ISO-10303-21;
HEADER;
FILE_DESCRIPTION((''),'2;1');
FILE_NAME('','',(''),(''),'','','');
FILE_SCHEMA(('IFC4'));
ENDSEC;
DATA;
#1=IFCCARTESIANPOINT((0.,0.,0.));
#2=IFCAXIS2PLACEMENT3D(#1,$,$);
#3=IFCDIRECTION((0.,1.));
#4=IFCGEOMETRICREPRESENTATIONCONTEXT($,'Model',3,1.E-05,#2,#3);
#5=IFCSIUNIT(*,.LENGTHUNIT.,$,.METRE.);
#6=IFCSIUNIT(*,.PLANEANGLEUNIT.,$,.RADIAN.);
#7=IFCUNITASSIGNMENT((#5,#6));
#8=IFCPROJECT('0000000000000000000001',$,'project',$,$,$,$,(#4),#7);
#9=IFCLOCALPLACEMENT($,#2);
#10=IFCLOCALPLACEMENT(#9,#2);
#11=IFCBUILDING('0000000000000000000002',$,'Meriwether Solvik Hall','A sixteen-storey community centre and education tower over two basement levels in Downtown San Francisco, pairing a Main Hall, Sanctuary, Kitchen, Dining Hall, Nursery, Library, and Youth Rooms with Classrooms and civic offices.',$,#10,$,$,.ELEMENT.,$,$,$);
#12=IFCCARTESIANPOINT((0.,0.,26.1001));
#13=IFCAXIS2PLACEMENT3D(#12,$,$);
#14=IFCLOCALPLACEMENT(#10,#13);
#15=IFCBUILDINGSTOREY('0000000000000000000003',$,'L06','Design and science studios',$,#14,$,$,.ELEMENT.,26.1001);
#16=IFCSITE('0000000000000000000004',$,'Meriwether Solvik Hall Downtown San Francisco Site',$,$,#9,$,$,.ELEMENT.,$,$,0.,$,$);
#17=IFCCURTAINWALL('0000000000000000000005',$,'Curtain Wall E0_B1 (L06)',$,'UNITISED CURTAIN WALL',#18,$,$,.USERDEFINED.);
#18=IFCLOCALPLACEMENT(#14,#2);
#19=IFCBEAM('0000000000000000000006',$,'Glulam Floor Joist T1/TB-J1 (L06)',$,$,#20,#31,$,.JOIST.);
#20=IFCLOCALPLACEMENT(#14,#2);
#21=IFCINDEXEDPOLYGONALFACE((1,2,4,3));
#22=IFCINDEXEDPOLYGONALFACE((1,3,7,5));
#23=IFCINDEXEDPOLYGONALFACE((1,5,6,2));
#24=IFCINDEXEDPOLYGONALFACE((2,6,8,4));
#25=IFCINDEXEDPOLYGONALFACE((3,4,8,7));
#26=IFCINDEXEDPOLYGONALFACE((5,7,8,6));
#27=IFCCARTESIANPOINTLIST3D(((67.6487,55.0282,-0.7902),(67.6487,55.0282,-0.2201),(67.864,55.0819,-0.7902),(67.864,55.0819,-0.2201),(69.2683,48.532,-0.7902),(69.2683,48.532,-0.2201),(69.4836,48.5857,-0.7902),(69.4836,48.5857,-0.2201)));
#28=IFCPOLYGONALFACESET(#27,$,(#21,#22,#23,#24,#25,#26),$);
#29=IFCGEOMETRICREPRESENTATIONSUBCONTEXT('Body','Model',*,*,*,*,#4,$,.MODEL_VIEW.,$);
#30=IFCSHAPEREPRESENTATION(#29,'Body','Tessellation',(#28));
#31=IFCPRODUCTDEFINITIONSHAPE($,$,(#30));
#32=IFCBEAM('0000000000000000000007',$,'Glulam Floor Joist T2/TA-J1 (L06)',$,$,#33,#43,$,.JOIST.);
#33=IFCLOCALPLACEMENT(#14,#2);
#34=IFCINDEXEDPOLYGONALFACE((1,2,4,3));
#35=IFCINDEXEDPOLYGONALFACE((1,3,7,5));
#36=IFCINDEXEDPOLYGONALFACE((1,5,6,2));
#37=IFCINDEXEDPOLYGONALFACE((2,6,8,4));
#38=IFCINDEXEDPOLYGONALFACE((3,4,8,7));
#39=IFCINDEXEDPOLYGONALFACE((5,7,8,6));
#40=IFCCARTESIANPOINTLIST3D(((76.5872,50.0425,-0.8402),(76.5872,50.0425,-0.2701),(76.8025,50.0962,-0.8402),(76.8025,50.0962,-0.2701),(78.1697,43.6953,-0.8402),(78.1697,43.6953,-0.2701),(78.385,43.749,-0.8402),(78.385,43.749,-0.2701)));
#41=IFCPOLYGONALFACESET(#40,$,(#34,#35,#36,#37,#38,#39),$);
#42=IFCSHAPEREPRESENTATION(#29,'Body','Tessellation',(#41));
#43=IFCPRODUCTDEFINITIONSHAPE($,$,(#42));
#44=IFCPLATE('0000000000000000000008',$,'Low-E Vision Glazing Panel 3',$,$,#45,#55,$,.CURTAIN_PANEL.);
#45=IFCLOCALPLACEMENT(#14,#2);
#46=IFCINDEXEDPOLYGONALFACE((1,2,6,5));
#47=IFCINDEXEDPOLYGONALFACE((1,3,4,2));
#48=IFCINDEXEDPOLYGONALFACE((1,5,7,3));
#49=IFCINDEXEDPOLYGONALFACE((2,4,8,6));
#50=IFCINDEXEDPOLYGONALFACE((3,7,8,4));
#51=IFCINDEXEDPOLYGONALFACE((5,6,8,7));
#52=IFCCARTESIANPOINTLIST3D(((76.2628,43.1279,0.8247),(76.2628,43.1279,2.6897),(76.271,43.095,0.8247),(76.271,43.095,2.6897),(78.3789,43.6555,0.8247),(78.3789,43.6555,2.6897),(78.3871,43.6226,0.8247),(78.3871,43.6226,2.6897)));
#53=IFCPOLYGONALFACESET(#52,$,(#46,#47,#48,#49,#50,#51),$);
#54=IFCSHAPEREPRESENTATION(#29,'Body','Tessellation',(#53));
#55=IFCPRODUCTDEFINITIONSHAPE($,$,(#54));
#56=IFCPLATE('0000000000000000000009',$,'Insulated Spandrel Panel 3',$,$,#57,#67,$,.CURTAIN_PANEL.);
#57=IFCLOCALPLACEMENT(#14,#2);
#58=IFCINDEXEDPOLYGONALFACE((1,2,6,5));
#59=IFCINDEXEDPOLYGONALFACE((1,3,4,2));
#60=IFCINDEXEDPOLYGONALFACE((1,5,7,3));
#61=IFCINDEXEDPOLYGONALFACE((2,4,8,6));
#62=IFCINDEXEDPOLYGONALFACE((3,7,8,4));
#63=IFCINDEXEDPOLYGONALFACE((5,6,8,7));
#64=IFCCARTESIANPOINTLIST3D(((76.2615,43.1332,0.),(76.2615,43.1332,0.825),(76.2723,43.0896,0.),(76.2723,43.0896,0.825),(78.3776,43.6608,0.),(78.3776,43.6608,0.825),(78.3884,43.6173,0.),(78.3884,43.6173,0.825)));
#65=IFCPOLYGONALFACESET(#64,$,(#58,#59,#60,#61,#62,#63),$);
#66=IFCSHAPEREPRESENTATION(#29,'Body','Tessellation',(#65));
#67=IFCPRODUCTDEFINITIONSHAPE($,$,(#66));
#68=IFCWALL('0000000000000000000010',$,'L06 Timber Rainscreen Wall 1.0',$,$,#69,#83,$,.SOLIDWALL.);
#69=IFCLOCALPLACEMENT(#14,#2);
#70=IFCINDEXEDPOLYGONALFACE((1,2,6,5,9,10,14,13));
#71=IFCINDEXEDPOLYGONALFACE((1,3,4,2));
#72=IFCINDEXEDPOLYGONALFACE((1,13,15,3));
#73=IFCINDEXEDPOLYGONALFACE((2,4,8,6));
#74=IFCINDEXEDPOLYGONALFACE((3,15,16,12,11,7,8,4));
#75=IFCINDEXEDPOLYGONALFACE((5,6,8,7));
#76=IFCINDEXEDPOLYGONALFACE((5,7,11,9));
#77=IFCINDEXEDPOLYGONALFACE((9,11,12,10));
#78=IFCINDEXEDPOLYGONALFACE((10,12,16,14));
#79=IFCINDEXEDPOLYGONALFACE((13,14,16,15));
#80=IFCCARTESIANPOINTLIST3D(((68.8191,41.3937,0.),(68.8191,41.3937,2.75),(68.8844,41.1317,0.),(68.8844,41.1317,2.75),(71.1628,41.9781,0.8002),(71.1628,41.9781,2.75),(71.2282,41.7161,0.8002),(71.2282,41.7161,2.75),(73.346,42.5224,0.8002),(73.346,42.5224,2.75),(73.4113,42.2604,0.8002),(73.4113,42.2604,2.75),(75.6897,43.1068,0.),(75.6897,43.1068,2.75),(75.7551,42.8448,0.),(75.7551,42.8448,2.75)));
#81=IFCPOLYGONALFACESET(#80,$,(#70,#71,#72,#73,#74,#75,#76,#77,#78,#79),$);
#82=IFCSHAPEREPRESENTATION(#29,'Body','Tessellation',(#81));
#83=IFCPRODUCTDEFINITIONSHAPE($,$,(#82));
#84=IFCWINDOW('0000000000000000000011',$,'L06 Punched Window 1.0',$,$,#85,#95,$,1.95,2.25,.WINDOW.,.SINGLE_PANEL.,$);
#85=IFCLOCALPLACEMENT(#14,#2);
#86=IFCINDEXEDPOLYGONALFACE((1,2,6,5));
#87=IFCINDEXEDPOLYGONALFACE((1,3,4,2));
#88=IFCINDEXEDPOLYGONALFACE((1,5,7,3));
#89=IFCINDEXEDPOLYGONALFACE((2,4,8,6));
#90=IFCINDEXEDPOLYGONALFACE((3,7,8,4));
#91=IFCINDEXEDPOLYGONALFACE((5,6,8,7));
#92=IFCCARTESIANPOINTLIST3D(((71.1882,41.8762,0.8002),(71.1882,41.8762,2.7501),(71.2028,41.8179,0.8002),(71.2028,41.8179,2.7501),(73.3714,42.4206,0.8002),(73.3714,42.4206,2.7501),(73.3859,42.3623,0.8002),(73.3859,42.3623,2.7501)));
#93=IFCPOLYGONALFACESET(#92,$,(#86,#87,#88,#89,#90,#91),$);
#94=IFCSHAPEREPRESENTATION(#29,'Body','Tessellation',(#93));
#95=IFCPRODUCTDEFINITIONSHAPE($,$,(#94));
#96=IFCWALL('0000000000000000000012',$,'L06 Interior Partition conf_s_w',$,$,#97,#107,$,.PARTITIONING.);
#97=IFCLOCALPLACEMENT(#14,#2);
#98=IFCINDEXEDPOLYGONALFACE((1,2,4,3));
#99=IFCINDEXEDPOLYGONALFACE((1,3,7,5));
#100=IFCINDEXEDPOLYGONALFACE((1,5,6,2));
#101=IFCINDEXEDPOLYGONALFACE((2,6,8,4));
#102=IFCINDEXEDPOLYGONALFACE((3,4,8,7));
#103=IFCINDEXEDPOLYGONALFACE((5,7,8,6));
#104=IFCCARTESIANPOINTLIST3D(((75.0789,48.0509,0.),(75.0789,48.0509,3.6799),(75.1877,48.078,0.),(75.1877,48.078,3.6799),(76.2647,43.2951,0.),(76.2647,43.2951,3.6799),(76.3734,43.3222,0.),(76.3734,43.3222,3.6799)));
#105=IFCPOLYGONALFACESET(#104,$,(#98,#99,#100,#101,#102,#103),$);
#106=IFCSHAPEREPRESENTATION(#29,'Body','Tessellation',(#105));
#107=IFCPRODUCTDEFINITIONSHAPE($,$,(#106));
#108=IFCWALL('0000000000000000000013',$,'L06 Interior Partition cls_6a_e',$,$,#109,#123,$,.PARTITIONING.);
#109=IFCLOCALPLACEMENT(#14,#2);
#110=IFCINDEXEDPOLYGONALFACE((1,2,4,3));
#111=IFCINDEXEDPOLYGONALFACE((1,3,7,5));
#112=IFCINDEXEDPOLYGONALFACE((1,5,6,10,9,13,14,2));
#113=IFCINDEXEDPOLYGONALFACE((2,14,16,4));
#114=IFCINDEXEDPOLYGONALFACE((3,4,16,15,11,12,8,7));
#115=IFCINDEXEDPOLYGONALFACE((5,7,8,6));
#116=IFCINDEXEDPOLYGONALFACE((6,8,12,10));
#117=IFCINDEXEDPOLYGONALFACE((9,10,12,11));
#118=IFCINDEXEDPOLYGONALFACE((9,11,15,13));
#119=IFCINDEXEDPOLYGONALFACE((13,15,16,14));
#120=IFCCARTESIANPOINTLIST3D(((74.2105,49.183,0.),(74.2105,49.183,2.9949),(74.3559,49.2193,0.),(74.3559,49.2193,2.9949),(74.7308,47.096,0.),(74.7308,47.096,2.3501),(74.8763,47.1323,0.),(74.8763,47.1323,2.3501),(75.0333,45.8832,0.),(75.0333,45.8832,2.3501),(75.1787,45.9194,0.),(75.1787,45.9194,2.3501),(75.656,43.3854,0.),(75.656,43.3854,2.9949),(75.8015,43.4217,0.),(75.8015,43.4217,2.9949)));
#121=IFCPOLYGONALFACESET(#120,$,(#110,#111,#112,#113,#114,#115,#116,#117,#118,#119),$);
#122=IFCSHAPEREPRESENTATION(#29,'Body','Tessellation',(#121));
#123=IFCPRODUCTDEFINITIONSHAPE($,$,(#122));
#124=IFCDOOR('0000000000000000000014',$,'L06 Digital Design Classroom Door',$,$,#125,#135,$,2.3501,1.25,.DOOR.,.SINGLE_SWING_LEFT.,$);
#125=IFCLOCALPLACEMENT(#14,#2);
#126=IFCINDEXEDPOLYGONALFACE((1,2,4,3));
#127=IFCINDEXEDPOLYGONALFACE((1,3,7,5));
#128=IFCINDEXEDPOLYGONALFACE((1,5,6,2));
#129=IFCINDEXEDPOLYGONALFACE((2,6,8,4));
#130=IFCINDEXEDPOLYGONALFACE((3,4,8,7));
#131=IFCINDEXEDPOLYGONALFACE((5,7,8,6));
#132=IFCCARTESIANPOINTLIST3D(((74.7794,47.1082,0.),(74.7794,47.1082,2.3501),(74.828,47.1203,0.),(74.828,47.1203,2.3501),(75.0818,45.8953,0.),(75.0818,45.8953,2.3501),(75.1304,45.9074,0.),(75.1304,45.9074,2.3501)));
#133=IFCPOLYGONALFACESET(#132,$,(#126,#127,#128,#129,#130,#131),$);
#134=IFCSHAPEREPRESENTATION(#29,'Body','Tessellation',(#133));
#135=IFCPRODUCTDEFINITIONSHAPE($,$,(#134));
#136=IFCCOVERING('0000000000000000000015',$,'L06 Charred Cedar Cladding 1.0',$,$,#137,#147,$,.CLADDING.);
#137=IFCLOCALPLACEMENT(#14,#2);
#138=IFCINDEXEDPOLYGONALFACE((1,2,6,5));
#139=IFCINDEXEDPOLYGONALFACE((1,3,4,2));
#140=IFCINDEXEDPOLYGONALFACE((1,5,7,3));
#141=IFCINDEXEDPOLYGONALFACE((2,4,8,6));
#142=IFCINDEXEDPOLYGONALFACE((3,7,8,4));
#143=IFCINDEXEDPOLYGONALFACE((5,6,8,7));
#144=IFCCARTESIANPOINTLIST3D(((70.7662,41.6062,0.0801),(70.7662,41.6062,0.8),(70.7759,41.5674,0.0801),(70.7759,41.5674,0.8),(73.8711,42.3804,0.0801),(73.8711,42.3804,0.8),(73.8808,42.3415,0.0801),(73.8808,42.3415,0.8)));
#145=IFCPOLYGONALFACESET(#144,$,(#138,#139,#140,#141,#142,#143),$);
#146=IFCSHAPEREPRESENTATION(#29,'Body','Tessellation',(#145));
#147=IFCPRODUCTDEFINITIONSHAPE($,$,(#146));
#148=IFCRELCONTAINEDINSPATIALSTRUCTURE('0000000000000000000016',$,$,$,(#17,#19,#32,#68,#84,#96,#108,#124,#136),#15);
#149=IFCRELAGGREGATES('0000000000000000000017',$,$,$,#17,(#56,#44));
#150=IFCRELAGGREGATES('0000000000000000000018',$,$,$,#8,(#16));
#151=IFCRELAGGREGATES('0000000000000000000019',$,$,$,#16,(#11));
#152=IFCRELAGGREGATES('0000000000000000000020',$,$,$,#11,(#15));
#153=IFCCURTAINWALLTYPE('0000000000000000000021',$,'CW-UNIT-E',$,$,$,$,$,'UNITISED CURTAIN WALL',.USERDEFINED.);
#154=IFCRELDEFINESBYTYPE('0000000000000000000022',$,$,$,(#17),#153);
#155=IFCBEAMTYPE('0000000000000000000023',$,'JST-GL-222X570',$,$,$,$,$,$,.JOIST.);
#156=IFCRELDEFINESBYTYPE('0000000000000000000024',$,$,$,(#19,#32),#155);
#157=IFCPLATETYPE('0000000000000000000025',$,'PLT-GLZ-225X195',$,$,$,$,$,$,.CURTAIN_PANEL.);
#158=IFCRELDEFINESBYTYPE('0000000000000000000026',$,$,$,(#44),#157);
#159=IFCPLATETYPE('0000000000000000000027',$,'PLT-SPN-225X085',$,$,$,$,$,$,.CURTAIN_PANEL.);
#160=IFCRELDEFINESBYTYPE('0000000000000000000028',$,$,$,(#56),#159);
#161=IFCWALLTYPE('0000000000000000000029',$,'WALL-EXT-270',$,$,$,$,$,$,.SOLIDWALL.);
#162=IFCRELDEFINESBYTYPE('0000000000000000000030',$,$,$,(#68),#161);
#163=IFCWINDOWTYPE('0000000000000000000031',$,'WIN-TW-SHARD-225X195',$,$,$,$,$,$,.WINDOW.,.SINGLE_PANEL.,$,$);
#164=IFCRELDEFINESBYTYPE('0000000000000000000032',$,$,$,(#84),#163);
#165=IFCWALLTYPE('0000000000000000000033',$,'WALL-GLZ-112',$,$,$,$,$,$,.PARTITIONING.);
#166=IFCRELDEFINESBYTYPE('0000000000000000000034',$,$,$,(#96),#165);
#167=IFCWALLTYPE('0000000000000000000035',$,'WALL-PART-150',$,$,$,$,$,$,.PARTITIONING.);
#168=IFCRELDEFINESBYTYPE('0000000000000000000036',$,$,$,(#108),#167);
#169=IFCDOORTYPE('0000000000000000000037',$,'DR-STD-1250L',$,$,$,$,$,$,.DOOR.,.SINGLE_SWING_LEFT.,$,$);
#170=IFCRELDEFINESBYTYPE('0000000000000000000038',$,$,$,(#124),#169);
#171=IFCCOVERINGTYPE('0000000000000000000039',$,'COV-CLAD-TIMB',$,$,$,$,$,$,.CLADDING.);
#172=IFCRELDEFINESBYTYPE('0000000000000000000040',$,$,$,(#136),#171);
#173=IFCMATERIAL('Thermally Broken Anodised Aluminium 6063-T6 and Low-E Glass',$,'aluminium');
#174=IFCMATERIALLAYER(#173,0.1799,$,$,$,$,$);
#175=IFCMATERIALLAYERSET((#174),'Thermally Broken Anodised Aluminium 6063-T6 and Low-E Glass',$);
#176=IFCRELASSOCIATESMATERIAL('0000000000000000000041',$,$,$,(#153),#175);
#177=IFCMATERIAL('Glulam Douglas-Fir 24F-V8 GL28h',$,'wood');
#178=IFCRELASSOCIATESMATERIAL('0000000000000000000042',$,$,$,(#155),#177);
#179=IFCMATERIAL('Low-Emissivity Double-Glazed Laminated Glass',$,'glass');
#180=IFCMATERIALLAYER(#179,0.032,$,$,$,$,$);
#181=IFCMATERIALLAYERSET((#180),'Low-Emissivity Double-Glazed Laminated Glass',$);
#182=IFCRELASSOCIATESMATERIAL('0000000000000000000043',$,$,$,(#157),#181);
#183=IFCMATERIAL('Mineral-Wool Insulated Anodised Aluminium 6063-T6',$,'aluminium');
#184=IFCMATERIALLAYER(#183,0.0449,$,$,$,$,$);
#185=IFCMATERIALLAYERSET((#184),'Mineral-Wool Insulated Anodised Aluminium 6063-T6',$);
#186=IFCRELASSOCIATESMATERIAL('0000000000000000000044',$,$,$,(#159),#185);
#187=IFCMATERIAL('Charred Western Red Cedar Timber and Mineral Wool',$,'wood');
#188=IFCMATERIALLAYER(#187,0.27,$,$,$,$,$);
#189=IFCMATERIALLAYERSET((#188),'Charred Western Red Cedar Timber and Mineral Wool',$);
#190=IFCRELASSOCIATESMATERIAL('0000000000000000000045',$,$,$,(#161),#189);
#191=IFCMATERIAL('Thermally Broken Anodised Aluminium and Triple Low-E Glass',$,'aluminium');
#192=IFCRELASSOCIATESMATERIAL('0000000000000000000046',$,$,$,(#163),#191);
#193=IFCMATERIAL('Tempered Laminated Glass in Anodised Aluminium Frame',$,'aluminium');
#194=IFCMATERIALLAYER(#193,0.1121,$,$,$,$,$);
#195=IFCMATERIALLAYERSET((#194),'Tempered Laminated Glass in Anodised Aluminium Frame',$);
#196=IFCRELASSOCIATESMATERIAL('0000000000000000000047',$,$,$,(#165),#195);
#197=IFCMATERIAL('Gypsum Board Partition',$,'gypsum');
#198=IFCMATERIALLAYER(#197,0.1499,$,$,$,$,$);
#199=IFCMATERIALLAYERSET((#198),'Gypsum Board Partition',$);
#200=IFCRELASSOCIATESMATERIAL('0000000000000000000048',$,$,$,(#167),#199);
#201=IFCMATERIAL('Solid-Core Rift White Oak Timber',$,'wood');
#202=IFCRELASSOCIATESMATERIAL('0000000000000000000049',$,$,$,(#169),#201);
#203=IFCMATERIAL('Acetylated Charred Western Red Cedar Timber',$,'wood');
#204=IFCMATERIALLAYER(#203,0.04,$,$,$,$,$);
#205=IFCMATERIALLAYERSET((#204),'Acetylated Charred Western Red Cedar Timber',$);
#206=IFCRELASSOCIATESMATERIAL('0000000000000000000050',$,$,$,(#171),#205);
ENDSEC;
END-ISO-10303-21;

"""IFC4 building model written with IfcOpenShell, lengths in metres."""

from ifc_helpers import new_model, si_unit, direction, frame, frame_2d, origin, origin_2d, place, context, subcontext, project, spatial, rectangle, extrude, material, layer, layer_set, material_profile, profile_set, type_object, element, fill, aggregate, save


model = new_model("IFC4")

# Units and contexts
model_context = context("Model", 3, precision=1e-05, world=origin(), true_north=direction((0.0, 1.0)))
body_context = subcontext(model_context, "Body", "Model", "MODEL_VIEW")
ifc_project = project(units=[si_unit("LENGTHUNIT", "METRE"), si_unit("PLANEANGLEUNIT", "RADIAN")], contexts=[model_context])

# Site, building, storey
site_placement = place(None, origin())
site = spatial("IfcSite", under=ifc_project, at=site_placement, Name="Meriwether Solvik Hall Downtown San Francisco Site", CompositionType="ELEMENT", RefElevation=0.0)
building_placement = place(site_placement, origin())
building = spatial("IfcBuilding", under=site, at=building_placement, Name="Meriwether Solvik Hall", Description="A sixteen-storey community centre and education tower over two basement levels in Downtown San Francisco, pairing a Main Hall, Sanctuary, Kitchen, Dining Hall, Nursery, Library, and Youth Rooms with Classrooms and civic offices.", CompositionType="ELEMENT")
storey_placement = place(building_placement, frame((0.0, 0.0, 26.1001)))
storey = spatial("IfcBuildingStorey", under=building, at=storey_placement, Name="L06", Description="Design and science studios", CompositionType="ELEMENT", Elevation=26.1001)

# Curtain wall
ifc_material_1 = material(Name="Thermally Broken Anodised Aluminium 6063-T6 and Low-E Glass", Category="aluminium")
ifc_layer_1 = layer(ifc_material_1, 0.1799)
ifc_layer_set_1 = layer_set([ifc_layer_1], Name="Thermally Broken Anodised Aluminium 6063-T6 and Low-E Glass")
curtain_wall_type = type_object("IfcCurtainWallType", Name="CW-UNIT-E", ElementType="UNITISED CURTAIN WALL", PredefinedType="USERDEFINED", material=ifc_layer_set_1)
curtain_wall_placement = place(storey_placement, origin())
curtain_wall = element("IfcCurtainWall", 1, at=curtain_wall_placement, inside=storey, type_object=curtain_wall_type, Name="Curtain Wall E0_B1 (L06)", ObjectType="UNITISED CURTAIN WALL", PredefinedType="USERDEFINED")

# Beams
ifc_material_2 = material(Name="Glulam Douglas-Fir 24F-V8 GL28h", Category="wood")
ifc_material_profile_1 = material_profile(ifc_material_2, rectangle(XDim=0.2219, YDim=0.5701, at=origin_2d()), Name="GLJ-222X570")
ifc_profile_set_1 = profile_set([ifc_material_profile_1], Name="Glulam Douglas-Fir 24F-V8 GL28h")
beam_type_1 = type_object("IfcBeamType", Name="JST-GL-222X570", PredefinedType="JOIST", material=ifc_profile_set_1)
beam_1_placement = place(storey_placement, frame((69.376, 48.5588, -0.5051), z_axis=(-0.241918, 0.970297, 0.0), x_axis=(-0.970297, -0.241918, 0.0)))
element("IfcBeam", 2, at=beam_1_placement, inside=storey, type_object=beam_type_1, Name="Glulam Floor Joist T1/TB-J1 (L06)", PredefinedType="JOIST", context=body_context, shape_type="SweptSolid", body=[
    extrude(rectangle(XDim=0.2219, YDim=0.5701, at=origin_2d()), origin(), (0.0, 0.0, 1.0), 6.6951),
])
beam_2_placement = place(storey_placement, frame((78.2773, 43.7222, -0.5552), z_axis=(-0.241921, 0.970296, 0.0), x_axis=(-0.970296, -0.241921, 0.0)))
element("IfcBeam", 3, at=beam_2_placement, inside=storey, type_object=beam_type_1, Name="Glulam Floor Joist T2/TA-J1 (L06)", PredefinedType="JOIST", context=body_context, shape_type="SweptSolid", body=[
    extrude(rectangle(XDim=0.2219, YDim=0.5701, at=origin_2d()), origin(), (0.0, 0.0, 1.0), 6.5415),
])

# Plates
ifc_material_3 = material(Name="Low-Emissivity Double-Glazed Laminated Glass", Category="glass")
ifc_layer_2 = layer(ifc_material_3, 0.032)
ifc_layer_set_2 = layer_set([ifc_layer_2], Name="Low-Emissivity Double-Glazed Laminated Glass")
plate_type_1 = type_object("IfcPlateType", Name="PLT-GLZ-225X195", PredefinedType="CURTAIN_PANEL", material=ifc_layer_set_2)
plate_1_placement = place(storey_placement, frame((77.325, 43.3752, 0.8247), z_axis=(0.0, 0.0, 1.0), x_axis=(-0.970296, -0.241922, 0.0)))
plate_1 = element("IfcPlate", 4, at=plate_1_placement, type_object=plate_type_1, Name="Low-E Vision Glazing Panel 3", PredefinedType="CURTAIN_PANEL", context=body_context, shape_type="SweptSolid", body=[
    extrude(rectangle(XDim=2.1809, YDim=0.0339, at=origin_2d()), origin(), (0.0, 0.0, 1.0), 1.865),
])
ifc_material_4 = material(Name="Mineral-Wool Insulated Anodised Aluminium 6063-T6", Category="aluminium")
ifc_layer_3 = layer(ifc_material_4, 0.0449)
ifc_layer_set_3 = layer_set([ifc_layer_3], Name="Mineral-Wool Insulated Anodised Aluminium 6063-T6")
plate_type_2 = type_object("IfcPlateType", Name="PLT-SPN-225X085", PredefinedType="CURTAIN_PANEL", material=ifc_layer_set_3)
plate_2_placement = place(storey_placement, frame((77.325, 43.3752, 0.0), z_axis=(0.0, 0.0, 1.0), x_axis=(-0.970296, -0.241922, 0.0)))
plate_2 = element("IfcPlate", 5, at=plate_2_placement, type_object=plate_type_2, Name="Insulated Spandrel Panel 3", PredefinedType="CURTAIN_PANEL", context=body_context, shape_type="SweptSolid", body=[
    extrude(rectangle(XDim=2.1809, YDim=0.0449, at=origin_2d()), origin(), (0.0, 0.0, 1.0), 0.825),
])
aggregate(curtain_wall, [plate_2, plate_1])

# Wall, opening, window
ifc_material_5 = material(Name="Charred Western Red Cedar Timber and Mineral Wool", Category="wood")
ifc_layer_4 = layer(ifc_material_5, 0.27)
ifc_layer_set_4 = layer_set([ifc_layer_4], Name="Charred Western Red Cedar Timber and Mineral Wool")
wall_type_1 = type_object("IfcWallType", Name="WALL-EXT-270", PredefinedType="SOLIDWALL", material=ifc_layer_set_4)
wall_1_placement = place(storey_placement, frame((75.7224, 42.9758, 0.0), z_axis=(0.0, 0.0, 1.0), x_axis=(-0.970292, -0.241935, 0.0)))
wall_1 = element("IfcWall", 6, at=wall_1_placement, inside=storey, type_object=wall_type_1, Name="L06 Timber Rainscreen Wall 1.0", PredefinedType="SOLIDWALL", context=body_context, shape_type="SweptSolid", body=[
    extrude(rectangle(XDim=7.0811, YDim=0.27, at=frame_2d((3.5405, 0.0))), origin(), (0.0, 0.0, 1.0), 2.75),
])
opening_1_placement = place(wall_1_placement, frame((2.4155, 0.0, 0.8)))
opening_1 = element("IfcOpeningElement", 7, at=opening_1_placement, cuts=wall_1, PredefinedType="OPENING", context=body_context, shape_type="SweptSolid", body=[
    extrude(rectangle(XDim=2.25, YDim=1.95, at=frame_2d((1.125, 0.9751))), frame((0.0, 0.147, 0.0), z_axis=(0.0, -1.0, 0.0), x_axis=(1.0, 0.0, 0.0)), (0.0, 0.0, 1.0), 0.2939),
])
ifc_material_6 = material(Name="Thermally Broken Anodised Aluminium and Triple Low-E Glass", Category="aluminium")
window_type = type_object("IfcWindowType", Name="WIN-TW-SHARD-225X195", PartitioningType="SINGLE_PANEL", PredefinedType="WINDOW", material=ifc_material_6)
window_placement = place(opening_1_placement, origin())
window = element("IfcWindow", 8, at=window_placement, inside=storey, type_object=window_type, Name="L06 Punched Window 1.0", OverallHeight=1.95, OverallWidth=2.25, PartitioningType="SINGLE_PANEL", PredefinedType="WINDOW", context=body_context, shape_type="SweptSolid", body=[
    extrude(rectangle(XDim=2.25, YDim=1.95, at=frame_2d((1.125, 0.9751))), frame((0.0, 0.03, 0.0), z_axis=(0.0, -1.0, 0.0), x_axis=(1.0, 0.0, 0.0)), (0.0, 0.0, 1.0), 0.0601),
])
fill(opening_1, window)

# Wall
ifc_material_7 = material(Name="Tempered Laminated Glass in Anodised Aluminium Frame", Category="aluminium")
ifc_layer_5 = layer(ifc_material_7, 0.1121)
ifc_layer_set_5 = layer_set([ifc_layer_5], Name="Tempered Laminated Glass in Anodised Aluminium Frame")
wall_type_2 = type_object("IfcWallType", Name="WALL-GLZ-112", PredefinedType="PARTITIONING", material=ifc_layer_set_5)
wall_2_placement = place(storey_placement, frame((75.1333, 48.0645, 0.0), z_axis=(0.0, 0.0, 1.0), x_axis=(0.241926, -0.970295, 0.0)))
element("IfcWall", 9, at=wall_2_placement, inside=storey, type_object=wall_type_2, Name="L06 Interior Partition conf_s_w", PredefinedType="PARTITIONING", context=body_context, shape_type="SweptSolid", body=[
    extrude(rectangle(XDim=4.9014, YDim=0.1121, at=frame_2d((2.4507, 0.0))), origin(), (0.0, 0.0, 1.0), 3.6799),
])

# Wall, opening, door
ifc_material_8 = material(Name="Gypsum Board Partition", Category="gypsum")
ifc_layer_6 = layer(ifc_material_8, 0.1499)
ifc_layer_set_6 = layer_set([ifc_layer_6], Name="Gypsum Board Partition")
wall_type_3 = type_object("IfcWallType", Name="WALL-PART-150", PredefinedType="PARTITIONING", material=ifc_layer_set_6)
wall_3_placement = place(storey_placement, frame((75.7288, 43.4036, 0.0), z_axis=(0.0, 0.0, 1.0), x_axis=(-0.24193, 0.970294, 0.0)))
wall_3 = element("IfcWall", 10, at=wall_3_placement, inside=storey, type_object=wall_type_3, Name="L06 Interior Partition cls_6a_e", PredefinedType="PARTITIONING", context=body_context, shape_type="SweptSolid", body=[
    extrude(rectangle(XDim=5.9751, YDim=0.1499, at=frame_2d((2.9875, 0.0))), origin(), (0.0, 0.0, 1.0), 2.9949),
])
opening_2_placement = place(wall_3_placement, frame((2.5742, 0.0, 0.0)))
opening_2 = element("IfcOpeningElement", 11, at=opening_2_placement, cuts=wall_3, PredefinedType="OPENING", context=body_context, shape_type="SweptSolid", body=[
    extrude(rectangle(XDim=1.25, YDim=2.3501, at=frame_2d((0.625, 1.175))), frame((0.0, 0.0869, 0.0), z_axis=(0.0, -1.0, 0.0), x_axis=(1.0, 0.0, 0.0)), (0.0, 0.0, 1.0), 0.1738),
])
ifc_material_9 = material(Name="Solid-Core Rift White Oak Timber", Category="wood")
door_type = type_object("IfcDoorType", Name="DR-STD-1250L", OperationType="SINGLE_SWING_LEFT", PredefinedType="DOOR", material=ifc_material_9)
door_placement = place(opening_2_placement, origin())
door = element("IfcDoor", 12, at=door_placement, inside=storey, type_object=door_type, Name="L06 Digital Design Classroom Door", OperationType="SINGLE_SWING_LEFT", OverallHeight=2.3501, OverallWidth=1.25, PredefinedType="DOOR", context=body_context, shape_type="SweptSolid", body=[
    extrude(rectangle(XDim=1.25, YDim=2.3501, at=frame_2d((0.625, 1.175))), frame((0.0, 0.0249, 0.0), z_axis=(0.0, -1.0, 0.0), x_axis=(1.0, 0.0, 0.0)), (0.0, 0.0, 1.0), 0.05),
])
fill(opening_2, door)

# Covering
ifc_material_10 = material(Name="Acetylated Charred Western Red Cedar Timber", Category="wood")
ifc_layer_7 = layer(ifc_material_10, 0.04)
ifc_layer_set_7 = layer_set([ifc_layer_7], Name="Acetylated Charred Western Red Cedar Timber")
covering_type = type_object("IfcCoveringType", Name="COV-CLAD-TIMB", PredefinedType="CLADDING", material=ifc_layer_set_7)
covering_placement = place(storey_placement, frame((72.3235, 41.9739, 0.0801), z_axis=(0.0, 0.0, 1.0), x_axis=(-0.970296, -0.241922, 0.0)))
element("IfcCovering", 13, at=covering_placement, inside=storey, type_object=covering_type, Name="L06 Charred Cedar Cladding 1.0", PredefinedType="CLADDING", context=body_context, shape_type="SweptSolid", body=[
    extrude(rectangle(XDim=3.2, YDim=0.04, at=origin_2d()), origin(), (0.0, 0.0, 1.0), 0.72),
])

save(model, "model.ifc")
